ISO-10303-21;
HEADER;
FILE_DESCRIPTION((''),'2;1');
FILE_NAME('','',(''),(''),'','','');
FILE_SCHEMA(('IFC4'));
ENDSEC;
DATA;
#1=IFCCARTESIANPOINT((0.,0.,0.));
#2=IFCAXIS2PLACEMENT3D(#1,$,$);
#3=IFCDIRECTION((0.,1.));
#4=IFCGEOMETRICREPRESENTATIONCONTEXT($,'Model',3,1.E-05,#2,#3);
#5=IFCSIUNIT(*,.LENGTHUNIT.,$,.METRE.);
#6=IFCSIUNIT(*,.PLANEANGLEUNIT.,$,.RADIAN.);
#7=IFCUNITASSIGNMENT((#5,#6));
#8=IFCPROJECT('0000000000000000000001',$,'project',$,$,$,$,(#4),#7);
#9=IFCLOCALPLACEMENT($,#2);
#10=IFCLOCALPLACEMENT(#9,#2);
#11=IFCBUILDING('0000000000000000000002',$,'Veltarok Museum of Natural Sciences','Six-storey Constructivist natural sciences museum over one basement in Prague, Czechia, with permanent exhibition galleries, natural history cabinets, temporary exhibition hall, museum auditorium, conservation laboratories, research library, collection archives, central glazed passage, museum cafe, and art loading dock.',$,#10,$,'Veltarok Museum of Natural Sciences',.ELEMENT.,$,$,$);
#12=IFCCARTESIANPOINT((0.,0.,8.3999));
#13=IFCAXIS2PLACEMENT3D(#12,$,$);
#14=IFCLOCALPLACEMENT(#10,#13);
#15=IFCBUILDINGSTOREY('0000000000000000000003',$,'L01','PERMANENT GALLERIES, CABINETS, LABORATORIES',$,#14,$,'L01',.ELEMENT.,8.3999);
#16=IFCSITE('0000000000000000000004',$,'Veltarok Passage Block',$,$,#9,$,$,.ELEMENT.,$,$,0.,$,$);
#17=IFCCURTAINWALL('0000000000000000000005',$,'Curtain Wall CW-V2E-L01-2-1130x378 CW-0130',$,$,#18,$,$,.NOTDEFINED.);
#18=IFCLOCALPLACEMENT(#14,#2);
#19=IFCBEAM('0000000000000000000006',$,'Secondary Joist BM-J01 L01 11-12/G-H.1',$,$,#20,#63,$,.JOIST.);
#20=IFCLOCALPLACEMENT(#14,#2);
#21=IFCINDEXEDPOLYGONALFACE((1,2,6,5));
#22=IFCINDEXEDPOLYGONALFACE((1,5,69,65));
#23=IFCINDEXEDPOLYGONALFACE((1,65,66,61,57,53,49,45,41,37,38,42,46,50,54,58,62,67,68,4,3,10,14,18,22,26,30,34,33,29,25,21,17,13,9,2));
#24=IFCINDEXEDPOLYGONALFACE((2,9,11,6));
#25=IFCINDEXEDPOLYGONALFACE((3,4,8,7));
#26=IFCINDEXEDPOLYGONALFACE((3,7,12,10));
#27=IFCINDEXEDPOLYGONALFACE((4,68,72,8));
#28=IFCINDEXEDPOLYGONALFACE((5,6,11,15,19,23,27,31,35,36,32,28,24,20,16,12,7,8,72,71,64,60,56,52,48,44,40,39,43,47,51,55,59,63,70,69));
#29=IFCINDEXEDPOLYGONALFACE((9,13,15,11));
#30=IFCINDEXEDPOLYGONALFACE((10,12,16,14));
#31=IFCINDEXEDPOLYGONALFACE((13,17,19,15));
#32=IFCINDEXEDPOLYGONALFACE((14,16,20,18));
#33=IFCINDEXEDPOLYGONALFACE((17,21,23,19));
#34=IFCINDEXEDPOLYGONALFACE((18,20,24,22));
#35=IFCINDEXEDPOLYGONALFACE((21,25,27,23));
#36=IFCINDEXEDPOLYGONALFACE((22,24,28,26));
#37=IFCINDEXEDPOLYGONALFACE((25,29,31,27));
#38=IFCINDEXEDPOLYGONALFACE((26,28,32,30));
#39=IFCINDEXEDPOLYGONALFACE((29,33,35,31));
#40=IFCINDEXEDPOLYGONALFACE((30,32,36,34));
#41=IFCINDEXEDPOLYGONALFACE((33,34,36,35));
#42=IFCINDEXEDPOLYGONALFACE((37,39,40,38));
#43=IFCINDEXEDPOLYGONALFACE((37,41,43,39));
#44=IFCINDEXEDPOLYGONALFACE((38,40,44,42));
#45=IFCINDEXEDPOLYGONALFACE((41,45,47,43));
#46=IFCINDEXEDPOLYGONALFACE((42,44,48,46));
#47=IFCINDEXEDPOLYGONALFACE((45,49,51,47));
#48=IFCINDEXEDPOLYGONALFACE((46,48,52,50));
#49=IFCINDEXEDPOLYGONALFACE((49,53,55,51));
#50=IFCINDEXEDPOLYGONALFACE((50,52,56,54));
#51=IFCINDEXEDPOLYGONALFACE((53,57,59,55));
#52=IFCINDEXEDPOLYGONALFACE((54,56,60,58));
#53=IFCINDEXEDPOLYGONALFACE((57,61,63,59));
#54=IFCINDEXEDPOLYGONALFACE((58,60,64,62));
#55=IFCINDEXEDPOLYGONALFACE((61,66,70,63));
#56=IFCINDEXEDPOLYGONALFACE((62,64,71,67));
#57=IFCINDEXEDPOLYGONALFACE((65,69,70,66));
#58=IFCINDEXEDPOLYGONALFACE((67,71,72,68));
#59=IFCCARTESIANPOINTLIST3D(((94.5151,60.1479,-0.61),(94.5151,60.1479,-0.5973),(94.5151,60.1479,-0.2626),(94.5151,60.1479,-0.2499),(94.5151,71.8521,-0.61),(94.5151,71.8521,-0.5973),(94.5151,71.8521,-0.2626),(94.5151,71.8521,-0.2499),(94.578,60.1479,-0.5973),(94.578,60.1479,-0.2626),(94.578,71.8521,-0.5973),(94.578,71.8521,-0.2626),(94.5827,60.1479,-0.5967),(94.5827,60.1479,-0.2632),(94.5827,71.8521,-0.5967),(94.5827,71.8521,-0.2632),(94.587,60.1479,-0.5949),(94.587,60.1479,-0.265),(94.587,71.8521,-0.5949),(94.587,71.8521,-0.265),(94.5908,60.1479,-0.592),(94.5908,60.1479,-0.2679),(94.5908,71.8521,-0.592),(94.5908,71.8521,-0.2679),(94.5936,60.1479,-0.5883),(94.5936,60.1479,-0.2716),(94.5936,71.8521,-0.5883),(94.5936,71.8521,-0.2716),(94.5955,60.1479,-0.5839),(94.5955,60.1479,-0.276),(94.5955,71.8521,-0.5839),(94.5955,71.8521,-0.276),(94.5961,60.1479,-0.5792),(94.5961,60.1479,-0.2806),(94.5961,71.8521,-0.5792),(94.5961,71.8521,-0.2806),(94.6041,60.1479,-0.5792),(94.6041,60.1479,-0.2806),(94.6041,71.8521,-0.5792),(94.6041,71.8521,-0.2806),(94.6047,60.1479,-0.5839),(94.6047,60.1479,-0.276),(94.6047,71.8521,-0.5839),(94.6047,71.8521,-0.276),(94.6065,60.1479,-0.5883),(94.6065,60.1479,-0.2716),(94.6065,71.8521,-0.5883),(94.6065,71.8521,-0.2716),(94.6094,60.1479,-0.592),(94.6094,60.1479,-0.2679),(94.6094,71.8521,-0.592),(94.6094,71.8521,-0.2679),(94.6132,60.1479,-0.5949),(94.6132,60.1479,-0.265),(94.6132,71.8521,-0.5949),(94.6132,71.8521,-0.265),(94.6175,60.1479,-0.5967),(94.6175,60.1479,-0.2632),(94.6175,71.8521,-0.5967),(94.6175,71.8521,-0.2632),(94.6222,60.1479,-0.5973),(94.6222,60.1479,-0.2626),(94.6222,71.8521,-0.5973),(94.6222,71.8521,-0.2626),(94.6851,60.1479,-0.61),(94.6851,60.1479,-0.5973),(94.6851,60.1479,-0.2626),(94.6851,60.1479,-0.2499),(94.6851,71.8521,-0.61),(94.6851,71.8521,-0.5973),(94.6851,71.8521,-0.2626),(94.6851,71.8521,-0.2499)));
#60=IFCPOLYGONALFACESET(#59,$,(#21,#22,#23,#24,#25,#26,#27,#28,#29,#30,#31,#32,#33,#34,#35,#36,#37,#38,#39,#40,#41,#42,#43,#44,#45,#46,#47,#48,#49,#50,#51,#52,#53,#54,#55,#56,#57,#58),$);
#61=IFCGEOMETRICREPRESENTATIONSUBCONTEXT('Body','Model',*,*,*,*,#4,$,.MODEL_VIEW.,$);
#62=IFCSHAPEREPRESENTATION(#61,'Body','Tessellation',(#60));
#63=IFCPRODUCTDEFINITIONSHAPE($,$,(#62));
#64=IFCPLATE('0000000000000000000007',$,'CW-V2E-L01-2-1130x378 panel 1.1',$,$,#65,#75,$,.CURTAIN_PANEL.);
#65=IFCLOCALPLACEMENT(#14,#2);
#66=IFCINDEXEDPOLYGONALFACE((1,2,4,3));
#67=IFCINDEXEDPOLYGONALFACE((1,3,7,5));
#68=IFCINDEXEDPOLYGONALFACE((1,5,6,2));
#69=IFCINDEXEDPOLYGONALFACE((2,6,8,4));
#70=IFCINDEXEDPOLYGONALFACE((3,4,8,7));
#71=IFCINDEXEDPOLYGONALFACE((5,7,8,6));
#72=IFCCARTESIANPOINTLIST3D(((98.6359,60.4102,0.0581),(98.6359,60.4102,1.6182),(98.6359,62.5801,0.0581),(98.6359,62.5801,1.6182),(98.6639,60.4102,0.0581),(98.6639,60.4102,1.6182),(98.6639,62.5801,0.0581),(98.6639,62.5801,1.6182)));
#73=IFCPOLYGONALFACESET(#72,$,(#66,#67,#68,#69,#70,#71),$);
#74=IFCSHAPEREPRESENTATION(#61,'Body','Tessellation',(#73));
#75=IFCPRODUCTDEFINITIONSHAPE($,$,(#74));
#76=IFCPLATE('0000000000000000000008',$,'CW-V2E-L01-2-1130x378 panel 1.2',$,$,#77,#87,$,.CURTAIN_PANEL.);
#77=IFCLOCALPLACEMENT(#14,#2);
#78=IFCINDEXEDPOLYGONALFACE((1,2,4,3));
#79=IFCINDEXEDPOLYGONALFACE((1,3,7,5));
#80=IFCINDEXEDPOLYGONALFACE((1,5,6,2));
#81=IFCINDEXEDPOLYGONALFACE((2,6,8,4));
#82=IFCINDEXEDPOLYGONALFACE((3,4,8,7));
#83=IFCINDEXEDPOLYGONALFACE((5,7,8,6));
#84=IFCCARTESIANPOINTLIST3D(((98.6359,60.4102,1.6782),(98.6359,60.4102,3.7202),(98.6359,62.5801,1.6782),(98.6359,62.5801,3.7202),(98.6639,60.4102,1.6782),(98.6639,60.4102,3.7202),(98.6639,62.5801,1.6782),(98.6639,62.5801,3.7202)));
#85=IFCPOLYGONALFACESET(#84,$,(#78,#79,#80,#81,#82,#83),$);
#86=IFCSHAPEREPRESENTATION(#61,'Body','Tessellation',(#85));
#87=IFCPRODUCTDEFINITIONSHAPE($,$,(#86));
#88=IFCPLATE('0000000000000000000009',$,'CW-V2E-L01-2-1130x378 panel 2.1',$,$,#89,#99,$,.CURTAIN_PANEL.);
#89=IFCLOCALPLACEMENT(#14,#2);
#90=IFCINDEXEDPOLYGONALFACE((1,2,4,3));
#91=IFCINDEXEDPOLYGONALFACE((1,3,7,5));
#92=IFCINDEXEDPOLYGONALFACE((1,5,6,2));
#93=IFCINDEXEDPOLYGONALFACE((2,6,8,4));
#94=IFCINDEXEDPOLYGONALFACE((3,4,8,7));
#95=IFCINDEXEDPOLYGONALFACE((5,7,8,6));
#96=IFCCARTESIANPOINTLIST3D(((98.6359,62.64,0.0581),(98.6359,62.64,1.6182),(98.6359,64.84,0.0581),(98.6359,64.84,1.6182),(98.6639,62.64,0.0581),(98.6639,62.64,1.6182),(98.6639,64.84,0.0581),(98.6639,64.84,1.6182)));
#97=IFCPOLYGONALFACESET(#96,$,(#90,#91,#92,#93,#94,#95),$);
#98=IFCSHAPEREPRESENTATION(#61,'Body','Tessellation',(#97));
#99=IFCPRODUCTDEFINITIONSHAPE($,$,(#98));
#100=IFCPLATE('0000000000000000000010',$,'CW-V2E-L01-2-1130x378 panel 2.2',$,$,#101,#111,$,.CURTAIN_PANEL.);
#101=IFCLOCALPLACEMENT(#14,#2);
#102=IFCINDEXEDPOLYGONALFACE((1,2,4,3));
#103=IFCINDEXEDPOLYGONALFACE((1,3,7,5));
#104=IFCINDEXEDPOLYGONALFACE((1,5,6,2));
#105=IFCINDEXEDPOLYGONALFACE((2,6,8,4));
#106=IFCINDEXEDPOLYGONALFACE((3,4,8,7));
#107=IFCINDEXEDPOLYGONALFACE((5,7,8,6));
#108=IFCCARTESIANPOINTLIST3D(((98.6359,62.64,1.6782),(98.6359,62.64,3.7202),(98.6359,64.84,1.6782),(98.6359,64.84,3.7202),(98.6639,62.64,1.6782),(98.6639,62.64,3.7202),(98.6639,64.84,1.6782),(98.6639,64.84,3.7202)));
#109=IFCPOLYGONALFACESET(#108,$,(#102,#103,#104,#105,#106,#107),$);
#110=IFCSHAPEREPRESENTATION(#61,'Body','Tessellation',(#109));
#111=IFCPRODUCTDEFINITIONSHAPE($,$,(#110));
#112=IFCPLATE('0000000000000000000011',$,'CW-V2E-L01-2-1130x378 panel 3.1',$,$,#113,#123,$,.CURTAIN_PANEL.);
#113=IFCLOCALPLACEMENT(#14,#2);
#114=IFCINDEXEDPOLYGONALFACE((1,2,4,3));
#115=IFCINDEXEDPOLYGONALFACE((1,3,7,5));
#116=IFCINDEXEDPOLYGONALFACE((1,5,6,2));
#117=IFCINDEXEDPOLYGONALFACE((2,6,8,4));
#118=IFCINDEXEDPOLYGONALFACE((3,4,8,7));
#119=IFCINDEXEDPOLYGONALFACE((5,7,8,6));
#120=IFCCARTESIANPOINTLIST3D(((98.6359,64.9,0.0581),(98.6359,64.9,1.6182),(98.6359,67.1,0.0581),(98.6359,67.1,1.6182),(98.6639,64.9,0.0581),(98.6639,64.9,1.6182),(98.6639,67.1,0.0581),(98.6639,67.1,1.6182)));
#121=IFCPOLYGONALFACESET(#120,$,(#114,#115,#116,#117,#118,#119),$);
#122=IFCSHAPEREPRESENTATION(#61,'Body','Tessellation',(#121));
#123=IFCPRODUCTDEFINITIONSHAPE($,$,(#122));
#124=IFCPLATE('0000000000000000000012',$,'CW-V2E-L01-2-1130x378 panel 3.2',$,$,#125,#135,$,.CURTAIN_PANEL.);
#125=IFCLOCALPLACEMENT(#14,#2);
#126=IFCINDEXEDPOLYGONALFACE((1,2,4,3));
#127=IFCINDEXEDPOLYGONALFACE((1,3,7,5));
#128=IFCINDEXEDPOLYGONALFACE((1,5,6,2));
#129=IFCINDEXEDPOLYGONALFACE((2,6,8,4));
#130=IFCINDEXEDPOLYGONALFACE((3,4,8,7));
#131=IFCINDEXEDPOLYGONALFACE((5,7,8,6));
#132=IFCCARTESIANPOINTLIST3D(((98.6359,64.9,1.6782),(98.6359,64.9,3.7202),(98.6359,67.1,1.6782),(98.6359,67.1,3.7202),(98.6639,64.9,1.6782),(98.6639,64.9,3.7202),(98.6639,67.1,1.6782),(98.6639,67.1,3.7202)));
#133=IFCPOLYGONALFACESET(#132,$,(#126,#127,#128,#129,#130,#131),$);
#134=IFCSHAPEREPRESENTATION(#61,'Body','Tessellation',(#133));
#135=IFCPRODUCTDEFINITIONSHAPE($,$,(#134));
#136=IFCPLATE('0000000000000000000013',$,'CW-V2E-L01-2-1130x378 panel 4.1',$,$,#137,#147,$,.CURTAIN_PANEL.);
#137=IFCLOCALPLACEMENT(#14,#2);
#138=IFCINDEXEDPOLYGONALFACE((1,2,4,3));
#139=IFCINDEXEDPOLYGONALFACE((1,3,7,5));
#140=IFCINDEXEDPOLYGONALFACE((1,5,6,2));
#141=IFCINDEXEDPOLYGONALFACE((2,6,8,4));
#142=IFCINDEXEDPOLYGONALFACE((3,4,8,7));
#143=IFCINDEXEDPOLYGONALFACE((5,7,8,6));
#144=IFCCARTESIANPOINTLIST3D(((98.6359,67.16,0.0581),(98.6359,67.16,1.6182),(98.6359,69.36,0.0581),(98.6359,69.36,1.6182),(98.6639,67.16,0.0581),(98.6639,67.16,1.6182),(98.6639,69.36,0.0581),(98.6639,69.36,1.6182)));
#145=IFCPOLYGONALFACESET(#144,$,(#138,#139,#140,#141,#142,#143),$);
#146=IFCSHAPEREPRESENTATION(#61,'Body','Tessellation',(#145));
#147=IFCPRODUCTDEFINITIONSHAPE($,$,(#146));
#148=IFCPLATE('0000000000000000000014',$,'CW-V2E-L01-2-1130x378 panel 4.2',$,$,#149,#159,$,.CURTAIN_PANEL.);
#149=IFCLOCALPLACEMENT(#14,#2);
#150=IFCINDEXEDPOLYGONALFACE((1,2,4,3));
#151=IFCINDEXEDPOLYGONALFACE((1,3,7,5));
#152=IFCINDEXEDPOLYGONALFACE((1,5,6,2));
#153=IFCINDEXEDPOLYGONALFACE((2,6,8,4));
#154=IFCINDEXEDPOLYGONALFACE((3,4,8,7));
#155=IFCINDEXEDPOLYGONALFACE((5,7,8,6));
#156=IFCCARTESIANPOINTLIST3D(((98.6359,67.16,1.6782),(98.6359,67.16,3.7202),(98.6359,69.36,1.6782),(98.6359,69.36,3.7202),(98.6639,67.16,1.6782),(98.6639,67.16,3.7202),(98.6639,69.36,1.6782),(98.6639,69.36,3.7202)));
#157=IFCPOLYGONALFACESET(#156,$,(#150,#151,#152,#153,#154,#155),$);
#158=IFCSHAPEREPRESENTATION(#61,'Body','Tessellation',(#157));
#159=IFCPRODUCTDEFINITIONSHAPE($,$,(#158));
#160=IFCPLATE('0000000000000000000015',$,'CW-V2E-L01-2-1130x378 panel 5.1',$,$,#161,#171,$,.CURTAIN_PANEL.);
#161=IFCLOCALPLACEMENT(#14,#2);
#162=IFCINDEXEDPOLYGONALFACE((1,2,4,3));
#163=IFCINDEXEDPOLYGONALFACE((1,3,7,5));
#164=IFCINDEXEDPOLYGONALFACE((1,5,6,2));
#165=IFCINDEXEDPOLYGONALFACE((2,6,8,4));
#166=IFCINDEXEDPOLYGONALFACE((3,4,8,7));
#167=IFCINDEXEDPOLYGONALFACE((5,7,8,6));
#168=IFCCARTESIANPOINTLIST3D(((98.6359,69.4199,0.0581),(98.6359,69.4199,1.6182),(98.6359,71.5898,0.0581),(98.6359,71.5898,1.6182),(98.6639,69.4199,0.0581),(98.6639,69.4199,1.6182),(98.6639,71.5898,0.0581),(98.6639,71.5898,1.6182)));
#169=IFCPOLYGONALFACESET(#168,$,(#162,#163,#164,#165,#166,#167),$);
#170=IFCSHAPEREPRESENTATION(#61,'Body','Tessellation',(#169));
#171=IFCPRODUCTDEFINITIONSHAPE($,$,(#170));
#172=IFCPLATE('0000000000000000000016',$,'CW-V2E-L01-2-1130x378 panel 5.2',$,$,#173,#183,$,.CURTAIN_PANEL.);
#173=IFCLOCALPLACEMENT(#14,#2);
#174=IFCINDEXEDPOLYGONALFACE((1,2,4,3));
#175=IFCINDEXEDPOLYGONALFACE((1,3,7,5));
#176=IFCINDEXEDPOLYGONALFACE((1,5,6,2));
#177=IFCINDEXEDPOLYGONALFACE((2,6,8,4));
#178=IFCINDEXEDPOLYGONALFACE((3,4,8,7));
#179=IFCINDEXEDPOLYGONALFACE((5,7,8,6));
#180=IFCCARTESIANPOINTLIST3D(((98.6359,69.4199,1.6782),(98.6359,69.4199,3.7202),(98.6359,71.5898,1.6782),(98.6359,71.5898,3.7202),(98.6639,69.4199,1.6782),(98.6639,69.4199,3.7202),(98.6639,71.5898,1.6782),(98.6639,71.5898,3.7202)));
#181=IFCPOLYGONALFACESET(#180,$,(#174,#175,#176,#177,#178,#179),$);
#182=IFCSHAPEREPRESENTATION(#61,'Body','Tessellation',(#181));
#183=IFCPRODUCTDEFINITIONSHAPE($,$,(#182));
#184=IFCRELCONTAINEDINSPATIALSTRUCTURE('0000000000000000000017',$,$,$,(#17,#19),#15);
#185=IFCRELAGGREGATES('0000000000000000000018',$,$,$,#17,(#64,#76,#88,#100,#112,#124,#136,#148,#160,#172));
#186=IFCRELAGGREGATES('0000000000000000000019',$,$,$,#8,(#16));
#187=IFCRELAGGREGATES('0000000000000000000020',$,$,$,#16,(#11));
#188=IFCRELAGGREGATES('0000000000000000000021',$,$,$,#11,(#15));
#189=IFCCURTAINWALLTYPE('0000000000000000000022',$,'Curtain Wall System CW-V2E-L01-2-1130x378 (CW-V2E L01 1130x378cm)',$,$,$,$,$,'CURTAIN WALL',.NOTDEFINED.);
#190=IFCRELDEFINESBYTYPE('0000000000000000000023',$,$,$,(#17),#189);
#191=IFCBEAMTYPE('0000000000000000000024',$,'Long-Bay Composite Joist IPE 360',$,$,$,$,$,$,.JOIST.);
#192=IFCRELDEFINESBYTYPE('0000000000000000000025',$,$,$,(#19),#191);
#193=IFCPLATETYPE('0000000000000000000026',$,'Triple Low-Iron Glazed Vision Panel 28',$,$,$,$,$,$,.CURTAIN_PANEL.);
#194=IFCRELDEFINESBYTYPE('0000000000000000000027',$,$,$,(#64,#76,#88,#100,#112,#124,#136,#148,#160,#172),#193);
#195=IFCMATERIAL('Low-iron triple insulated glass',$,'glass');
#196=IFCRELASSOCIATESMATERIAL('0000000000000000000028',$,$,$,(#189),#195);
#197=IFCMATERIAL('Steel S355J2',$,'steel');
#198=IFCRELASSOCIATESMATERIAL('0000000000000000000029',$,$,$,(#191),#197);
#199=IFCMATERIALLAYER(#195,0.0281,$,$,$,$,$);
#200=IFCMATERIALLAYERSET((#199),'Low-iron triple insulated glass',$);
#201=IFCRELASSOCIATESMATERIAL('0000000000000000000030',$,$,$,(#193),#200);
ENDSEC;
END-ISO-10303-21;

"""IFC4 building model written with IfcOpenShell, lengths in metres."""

from ifc_helpers import new_model, si_unit, direction, frame, origin, origin_2d, place, context, subcontext, project, spatial, rectangle, i_section, extrude, material, layer, layer_set, material_profile, profile_set, type_object, element, aggregate, save


model = new_model("IFC4")

# Units and contexts
model_context = context("Model", 3, precision=1e-05, world=origin(), true_north=direction((0.0, 1.0)))
body_context = subcontext(model_context, "Body", "Model", "MODEL_VIEW")
ifc_project = project(units=[si_unit("LENGTHUNIT", "METRE"), si_unit("PLANEANGLEUNIT", "RADIAN")], contexts=[model_context])

# Site, building, storey
site_placement = place(None, origin())
site = spatial("IfcSite", under=ifc_project, at=site_placement, Name="Veltarok Passage Block", CompositionType="ELEMENT", RefElevation=0.0)
building_placement = place(site_placement, origin())
building = spatial("IfcBuilding", under=site, at=building_placement, Name="Veltarok Museum of Natural Sciences", Description="Six-storey Constructivist natural sciences museum over one basement in Prague, Czechia, with permanent exhibition galleries, natural history cabinets, temporary exhibition hall, museum auditorium, conservation laboratories, research library, collection archives, central glazed passage, museum cafe, and art loading dock.", LongName="Veltarok Museum of Natural Sciences", CompositionType="ELEMENT")
storey_placement = place(building_placement, frame((0.0, 0.0, 8.3999)))
storey = spatial("IfcBuildingStorey", under=building, at=storey_placement, Name="L01", Description="PERMANENT GALLERIES, CABINETS, LABORATORIES", LongName="L01", CompositionType="ELEMENT", Elevation=8.3999)

# Curtain wall
ifc_material_1 = material(Name="Low-iron triple insulated glass", Category="glass")
curtain_wall_type_1 = type_object("IfcCurtainWallType", Name="Curtain Wall System CW-V2E-L01-2-1130x378 (CW-V2E L01 1130x378cm)", ElementType="CURTAIN WALL", PredefinedType="NOTDEFINED", material=ifc_material_1)
curtain_wall_1_placement = place(storey_placement, origin())
curtain_wall_1 = element("IfcCurtainWall", 1, at=curtain_wall_1_placement, inside=storey, type_object=curtain_wall_type_1, Name="Curtain Wall CW-V2E-L01-2-1130x378 CW-0130", PredefinedType="NOTDEFINED")

# Beam
ifc_material_2 = material(Name="Steel S355J2", Category="steel")
ifc_material_profile_1 = material_profile(ifc_material_2, i_section(OverallWidth=0.1699, OverallDepth=0.3601, WebThickness=0.0081, FlangeThickness=0.0127, FilletRadius=0.0181, at=origin_2d()), Name="IPE 360")
ifc_profile_set_1 = profile_set([ifc_material_profile_1], Name="Steel S355J2")
beam_type = type_object("IfcBeamType", Name="Long-Bay Composite Joist IPE 360", PredefinedType="JOIST", material=ifc_profile_set_1)
beam_placement = place(storey_placement, frame((94.6001, 60.1479, -0.4299), z_axis=(0.0, 1.0, 0.0), x_axis=(-1.0, 0.0, 0.0)))
element("IfcBeam", 2, at=beam_placement, inside=storey, type_object=beam_type, Name="Secondary Joist BM-J01 L01 11-12/G-H.1", PredefinedType="JOIST", context=body_context, shape_type="SweptSolid", body=[
    extrude(i_section(OverallWidth=0.1699, OverallDepth=0.3601, WebThickness=0.0081, FlangeThickness=0.0127, FilletRadius=0.0181, at=origin_2d()), origin(), (0.0, 0.0, 1.0), 11.7041),
])

# Plates
ifc_layer = layer(ifc_material_1, 0.0281)
ifc_layer_set = layer_set([ifc_layer], Name="Low-iron triple insulated glass")
plate_type = type_object("IfcPlateType", Name="Triple Low-Iron Glazed Vision Panel 28", PredefinedType="CURTAIN_PANEL", material=ifc_layer_set)
plate_1_placement = place(storey_placement, frame((98.6499, 61.4951, 0.0581), z_axis=(0.0, 0.0, 1.0), x_axis=(0.0, 1.0, 0.0)))
plate_1 = element("IfcPlate", 3, at=plate_1_placement, type_object=plate_type, Name="CW-V2E-L01-2-1130x378 panel 1.1", PredefinedType="CURTAIN_PANEL", context=body_context, shape_type="SweptSolid", body=[
    extrude(rectangle(XDim=2.1699, YDim=0.0281, at=origin_2d()), origin(), (0.0, 0.0, 1.0), 1.5601),
])
plate_2_placement = place(storey_placement, frame((98.6499, 61.4951, 1.6782), z_axis=(0.0, 0.0, 1.0), x_axis=(0.0, 1.0, 0.0)))
plate_2 = element("IfcPlate", 4, at=plate_2_placement, type_object=plate_type, Name="CW-V2E-L01-2-1130x378 panel 1.2", PredefinedType="CURTAIN_PANEL", context=body_context, shape_type="SweptSolid", body=[
    extrude(rectangle(XDim=2.1699, YDim=0.0281, at=origin_2d()), origin(), (0.0, 0.0, 1.0), 2.042),
])
plate_3_placement = place(storey_placement, frame((98.6499, 63.74, 0.0581), z_axis=(0.0, 0.0, 1.0), x_axis=(0.0, 1.0, 0.0)))
plate_3 = element("IfcPlate", 5, at=plate_3_placement, type_object=plate_type, Name="CW-V2E-L01-2-1130x378 panel 2.1", PredefinedType="CURTAIN_PANEL", context=body_context, shape_type="SweptSolid", body=[
    extrude(rectangle(XDim=2.2, YDim=0.0281, at=origin_2d()), origin(), (0.0, 0.0, 1.0), 1.5601),
])
plate_4_placement = place(storey_placement, frame((98.6499, 63.74, 1.6782), z_axis=(0.0, 0.0, 1.0), x_axis=(0.0, 1.0, 0.0)))
plate_4 = element("IfcPlate", 6, at=plate_4_placement, type_object=plate_type, Name="CW-V2E-L01-2-1130x378 panel 2.2", PredefinedType="CURTAIN_PANEL", context=body_context, shape_type="SweptSolid", body=[
    extrude(rectangle(XDim=2.2, YDim=0.0281, at=origin_2d()), origin(), (0.0, 0.0, 1.0), 2.042),
])
plate_5_placement = place(storey_placement, frame((98.6499, 66.0, 0.0581), z_axis=(0.0, 0.0, 1.0), x_axis=(0.0, 1.0, 0.0)))
plate_5 = element("IfcPlate", 7, at=plate_5_placement, type_object=plate_type, Name="CW-V2E-L01-2-1130x378 panel 3.1", PredefinedType="CURTAIN_PANEL", context=body_context, shape_type="SweptSolid", body=[
    extrude(rectangle(XDim=2.2, YDim=0.0281, at=origin_2d()), origin(), (0.0, 0.0, 1.0), 1.5601),
])
plate_6_placement = place(storey_placement, frame((98.6499, 66.0, 1.6782), z_axis=(0.0, 0.0, 1.0), x_axis=(0.0, 1.0, 0.0)))
plate_6 = element("IfcPlate", 8, at=plate_6_placement, type_object=plate_type, Name="CW-V2E-L01-2-1130x378 panel 3.2", PredefinedType="CURTAIN_PANEL", context=body_context, shape_type="SweptSolid", body=[
    extrude(rectangle(XDim=2.2, YDim=0.0281, at=origin_2d()), origin(), (0.0, 0.0, 1.0), 2.042),
])
plate_7_placement = place(storey_placement, frame((98.6499, 68.26, 0.0581), z_axis=(0.0, 0.0, 1.0), x_axis=(0.0, 1.0, 0.0)))
plate_7 = element("IfcPlate", 9, at=plate_7_placement, type_object=plate_type, Name="CW-V2E-L01-2-1130x378 panel 4.1", PredefinedType="CURTAIN_PANEL", context=body_context, shape_type="SweptSolid", body=[
    extrude(rectangle(XDim=2.2, YDim=0.0281, at=origin_2d()), origin(), (0.0, 0.0, 1.0), 1.5601),
])
plate_8_placement = place(storey_placement, frame((98.6499, 68.26, 1.6782), z_axis=(0.0, 0.0, 1.0), x_axis=(0.0, 1.0, 0.0)))
plate_8 = element("IfcPlate", 10, at=plate_8_placement, type_object=plate_type, Name="CW-V2E-L01-2-1130x378 panel 4.2", PredefinedType="CURTAIN_PANEL", context=body_context, shape_type="SweptSolid", body=[
    extrude(rectangle(XDim=2.2, YDim=0.0281, at=origin_2d()), origin(), (0.0, 0.0, 1.0), 2.042),
])
plate_9_placement = place(storey_placement, frame((98.6499, 70.5049, 0.0581), z_axis=(0.0, 0.0, 1.0), x_axis=(0.0, 1.0, 0.0)))
plate_9 = element("IfcPlate", 11, at=plate_9_placement, type_object=plate_type, Name="CW-V2E-L01-2-1130x378 panel 5.1", PredefinedType="CURTAIN_PANEL", context=body_context, shape_type="SweptSolid", body=[
    extrude(rectangle(XDim=2.1699, YDim=0.0281, at=origin_2d()), origin(), (0.0, 0.0, 1.0), 1.5601),
])
plate_10_placement = place(storey_placement, frame((98.6499, 70.5049, 1.6782), z_axis=(0.0, 0.0, 1.0), x_axis=(0.0, 1.0, 0.0)))
plate_10 = element("IfcPlate", 12, at=plate_10_placement, type_object=plate_type, Name="CW-V2E-L01-2-1130x378 panel 5.2", PredefinedType="CURTAIN_PANEL", context=body_context, shape_type="SweptSolid", body=[
    extrude(rectangle(XDim=2.1699, YDim=0.0281, at=origin_2d()), origin(), (0.0, 0.0, 1.0), 2.042),
])
aggregate(curtain_wall_1, [plate_1, plate_2, plate_3, plate_4, plate_5, plate_6, plate_7, plate_8, plate_9, plate_10])

save(model, "model.ifc")
